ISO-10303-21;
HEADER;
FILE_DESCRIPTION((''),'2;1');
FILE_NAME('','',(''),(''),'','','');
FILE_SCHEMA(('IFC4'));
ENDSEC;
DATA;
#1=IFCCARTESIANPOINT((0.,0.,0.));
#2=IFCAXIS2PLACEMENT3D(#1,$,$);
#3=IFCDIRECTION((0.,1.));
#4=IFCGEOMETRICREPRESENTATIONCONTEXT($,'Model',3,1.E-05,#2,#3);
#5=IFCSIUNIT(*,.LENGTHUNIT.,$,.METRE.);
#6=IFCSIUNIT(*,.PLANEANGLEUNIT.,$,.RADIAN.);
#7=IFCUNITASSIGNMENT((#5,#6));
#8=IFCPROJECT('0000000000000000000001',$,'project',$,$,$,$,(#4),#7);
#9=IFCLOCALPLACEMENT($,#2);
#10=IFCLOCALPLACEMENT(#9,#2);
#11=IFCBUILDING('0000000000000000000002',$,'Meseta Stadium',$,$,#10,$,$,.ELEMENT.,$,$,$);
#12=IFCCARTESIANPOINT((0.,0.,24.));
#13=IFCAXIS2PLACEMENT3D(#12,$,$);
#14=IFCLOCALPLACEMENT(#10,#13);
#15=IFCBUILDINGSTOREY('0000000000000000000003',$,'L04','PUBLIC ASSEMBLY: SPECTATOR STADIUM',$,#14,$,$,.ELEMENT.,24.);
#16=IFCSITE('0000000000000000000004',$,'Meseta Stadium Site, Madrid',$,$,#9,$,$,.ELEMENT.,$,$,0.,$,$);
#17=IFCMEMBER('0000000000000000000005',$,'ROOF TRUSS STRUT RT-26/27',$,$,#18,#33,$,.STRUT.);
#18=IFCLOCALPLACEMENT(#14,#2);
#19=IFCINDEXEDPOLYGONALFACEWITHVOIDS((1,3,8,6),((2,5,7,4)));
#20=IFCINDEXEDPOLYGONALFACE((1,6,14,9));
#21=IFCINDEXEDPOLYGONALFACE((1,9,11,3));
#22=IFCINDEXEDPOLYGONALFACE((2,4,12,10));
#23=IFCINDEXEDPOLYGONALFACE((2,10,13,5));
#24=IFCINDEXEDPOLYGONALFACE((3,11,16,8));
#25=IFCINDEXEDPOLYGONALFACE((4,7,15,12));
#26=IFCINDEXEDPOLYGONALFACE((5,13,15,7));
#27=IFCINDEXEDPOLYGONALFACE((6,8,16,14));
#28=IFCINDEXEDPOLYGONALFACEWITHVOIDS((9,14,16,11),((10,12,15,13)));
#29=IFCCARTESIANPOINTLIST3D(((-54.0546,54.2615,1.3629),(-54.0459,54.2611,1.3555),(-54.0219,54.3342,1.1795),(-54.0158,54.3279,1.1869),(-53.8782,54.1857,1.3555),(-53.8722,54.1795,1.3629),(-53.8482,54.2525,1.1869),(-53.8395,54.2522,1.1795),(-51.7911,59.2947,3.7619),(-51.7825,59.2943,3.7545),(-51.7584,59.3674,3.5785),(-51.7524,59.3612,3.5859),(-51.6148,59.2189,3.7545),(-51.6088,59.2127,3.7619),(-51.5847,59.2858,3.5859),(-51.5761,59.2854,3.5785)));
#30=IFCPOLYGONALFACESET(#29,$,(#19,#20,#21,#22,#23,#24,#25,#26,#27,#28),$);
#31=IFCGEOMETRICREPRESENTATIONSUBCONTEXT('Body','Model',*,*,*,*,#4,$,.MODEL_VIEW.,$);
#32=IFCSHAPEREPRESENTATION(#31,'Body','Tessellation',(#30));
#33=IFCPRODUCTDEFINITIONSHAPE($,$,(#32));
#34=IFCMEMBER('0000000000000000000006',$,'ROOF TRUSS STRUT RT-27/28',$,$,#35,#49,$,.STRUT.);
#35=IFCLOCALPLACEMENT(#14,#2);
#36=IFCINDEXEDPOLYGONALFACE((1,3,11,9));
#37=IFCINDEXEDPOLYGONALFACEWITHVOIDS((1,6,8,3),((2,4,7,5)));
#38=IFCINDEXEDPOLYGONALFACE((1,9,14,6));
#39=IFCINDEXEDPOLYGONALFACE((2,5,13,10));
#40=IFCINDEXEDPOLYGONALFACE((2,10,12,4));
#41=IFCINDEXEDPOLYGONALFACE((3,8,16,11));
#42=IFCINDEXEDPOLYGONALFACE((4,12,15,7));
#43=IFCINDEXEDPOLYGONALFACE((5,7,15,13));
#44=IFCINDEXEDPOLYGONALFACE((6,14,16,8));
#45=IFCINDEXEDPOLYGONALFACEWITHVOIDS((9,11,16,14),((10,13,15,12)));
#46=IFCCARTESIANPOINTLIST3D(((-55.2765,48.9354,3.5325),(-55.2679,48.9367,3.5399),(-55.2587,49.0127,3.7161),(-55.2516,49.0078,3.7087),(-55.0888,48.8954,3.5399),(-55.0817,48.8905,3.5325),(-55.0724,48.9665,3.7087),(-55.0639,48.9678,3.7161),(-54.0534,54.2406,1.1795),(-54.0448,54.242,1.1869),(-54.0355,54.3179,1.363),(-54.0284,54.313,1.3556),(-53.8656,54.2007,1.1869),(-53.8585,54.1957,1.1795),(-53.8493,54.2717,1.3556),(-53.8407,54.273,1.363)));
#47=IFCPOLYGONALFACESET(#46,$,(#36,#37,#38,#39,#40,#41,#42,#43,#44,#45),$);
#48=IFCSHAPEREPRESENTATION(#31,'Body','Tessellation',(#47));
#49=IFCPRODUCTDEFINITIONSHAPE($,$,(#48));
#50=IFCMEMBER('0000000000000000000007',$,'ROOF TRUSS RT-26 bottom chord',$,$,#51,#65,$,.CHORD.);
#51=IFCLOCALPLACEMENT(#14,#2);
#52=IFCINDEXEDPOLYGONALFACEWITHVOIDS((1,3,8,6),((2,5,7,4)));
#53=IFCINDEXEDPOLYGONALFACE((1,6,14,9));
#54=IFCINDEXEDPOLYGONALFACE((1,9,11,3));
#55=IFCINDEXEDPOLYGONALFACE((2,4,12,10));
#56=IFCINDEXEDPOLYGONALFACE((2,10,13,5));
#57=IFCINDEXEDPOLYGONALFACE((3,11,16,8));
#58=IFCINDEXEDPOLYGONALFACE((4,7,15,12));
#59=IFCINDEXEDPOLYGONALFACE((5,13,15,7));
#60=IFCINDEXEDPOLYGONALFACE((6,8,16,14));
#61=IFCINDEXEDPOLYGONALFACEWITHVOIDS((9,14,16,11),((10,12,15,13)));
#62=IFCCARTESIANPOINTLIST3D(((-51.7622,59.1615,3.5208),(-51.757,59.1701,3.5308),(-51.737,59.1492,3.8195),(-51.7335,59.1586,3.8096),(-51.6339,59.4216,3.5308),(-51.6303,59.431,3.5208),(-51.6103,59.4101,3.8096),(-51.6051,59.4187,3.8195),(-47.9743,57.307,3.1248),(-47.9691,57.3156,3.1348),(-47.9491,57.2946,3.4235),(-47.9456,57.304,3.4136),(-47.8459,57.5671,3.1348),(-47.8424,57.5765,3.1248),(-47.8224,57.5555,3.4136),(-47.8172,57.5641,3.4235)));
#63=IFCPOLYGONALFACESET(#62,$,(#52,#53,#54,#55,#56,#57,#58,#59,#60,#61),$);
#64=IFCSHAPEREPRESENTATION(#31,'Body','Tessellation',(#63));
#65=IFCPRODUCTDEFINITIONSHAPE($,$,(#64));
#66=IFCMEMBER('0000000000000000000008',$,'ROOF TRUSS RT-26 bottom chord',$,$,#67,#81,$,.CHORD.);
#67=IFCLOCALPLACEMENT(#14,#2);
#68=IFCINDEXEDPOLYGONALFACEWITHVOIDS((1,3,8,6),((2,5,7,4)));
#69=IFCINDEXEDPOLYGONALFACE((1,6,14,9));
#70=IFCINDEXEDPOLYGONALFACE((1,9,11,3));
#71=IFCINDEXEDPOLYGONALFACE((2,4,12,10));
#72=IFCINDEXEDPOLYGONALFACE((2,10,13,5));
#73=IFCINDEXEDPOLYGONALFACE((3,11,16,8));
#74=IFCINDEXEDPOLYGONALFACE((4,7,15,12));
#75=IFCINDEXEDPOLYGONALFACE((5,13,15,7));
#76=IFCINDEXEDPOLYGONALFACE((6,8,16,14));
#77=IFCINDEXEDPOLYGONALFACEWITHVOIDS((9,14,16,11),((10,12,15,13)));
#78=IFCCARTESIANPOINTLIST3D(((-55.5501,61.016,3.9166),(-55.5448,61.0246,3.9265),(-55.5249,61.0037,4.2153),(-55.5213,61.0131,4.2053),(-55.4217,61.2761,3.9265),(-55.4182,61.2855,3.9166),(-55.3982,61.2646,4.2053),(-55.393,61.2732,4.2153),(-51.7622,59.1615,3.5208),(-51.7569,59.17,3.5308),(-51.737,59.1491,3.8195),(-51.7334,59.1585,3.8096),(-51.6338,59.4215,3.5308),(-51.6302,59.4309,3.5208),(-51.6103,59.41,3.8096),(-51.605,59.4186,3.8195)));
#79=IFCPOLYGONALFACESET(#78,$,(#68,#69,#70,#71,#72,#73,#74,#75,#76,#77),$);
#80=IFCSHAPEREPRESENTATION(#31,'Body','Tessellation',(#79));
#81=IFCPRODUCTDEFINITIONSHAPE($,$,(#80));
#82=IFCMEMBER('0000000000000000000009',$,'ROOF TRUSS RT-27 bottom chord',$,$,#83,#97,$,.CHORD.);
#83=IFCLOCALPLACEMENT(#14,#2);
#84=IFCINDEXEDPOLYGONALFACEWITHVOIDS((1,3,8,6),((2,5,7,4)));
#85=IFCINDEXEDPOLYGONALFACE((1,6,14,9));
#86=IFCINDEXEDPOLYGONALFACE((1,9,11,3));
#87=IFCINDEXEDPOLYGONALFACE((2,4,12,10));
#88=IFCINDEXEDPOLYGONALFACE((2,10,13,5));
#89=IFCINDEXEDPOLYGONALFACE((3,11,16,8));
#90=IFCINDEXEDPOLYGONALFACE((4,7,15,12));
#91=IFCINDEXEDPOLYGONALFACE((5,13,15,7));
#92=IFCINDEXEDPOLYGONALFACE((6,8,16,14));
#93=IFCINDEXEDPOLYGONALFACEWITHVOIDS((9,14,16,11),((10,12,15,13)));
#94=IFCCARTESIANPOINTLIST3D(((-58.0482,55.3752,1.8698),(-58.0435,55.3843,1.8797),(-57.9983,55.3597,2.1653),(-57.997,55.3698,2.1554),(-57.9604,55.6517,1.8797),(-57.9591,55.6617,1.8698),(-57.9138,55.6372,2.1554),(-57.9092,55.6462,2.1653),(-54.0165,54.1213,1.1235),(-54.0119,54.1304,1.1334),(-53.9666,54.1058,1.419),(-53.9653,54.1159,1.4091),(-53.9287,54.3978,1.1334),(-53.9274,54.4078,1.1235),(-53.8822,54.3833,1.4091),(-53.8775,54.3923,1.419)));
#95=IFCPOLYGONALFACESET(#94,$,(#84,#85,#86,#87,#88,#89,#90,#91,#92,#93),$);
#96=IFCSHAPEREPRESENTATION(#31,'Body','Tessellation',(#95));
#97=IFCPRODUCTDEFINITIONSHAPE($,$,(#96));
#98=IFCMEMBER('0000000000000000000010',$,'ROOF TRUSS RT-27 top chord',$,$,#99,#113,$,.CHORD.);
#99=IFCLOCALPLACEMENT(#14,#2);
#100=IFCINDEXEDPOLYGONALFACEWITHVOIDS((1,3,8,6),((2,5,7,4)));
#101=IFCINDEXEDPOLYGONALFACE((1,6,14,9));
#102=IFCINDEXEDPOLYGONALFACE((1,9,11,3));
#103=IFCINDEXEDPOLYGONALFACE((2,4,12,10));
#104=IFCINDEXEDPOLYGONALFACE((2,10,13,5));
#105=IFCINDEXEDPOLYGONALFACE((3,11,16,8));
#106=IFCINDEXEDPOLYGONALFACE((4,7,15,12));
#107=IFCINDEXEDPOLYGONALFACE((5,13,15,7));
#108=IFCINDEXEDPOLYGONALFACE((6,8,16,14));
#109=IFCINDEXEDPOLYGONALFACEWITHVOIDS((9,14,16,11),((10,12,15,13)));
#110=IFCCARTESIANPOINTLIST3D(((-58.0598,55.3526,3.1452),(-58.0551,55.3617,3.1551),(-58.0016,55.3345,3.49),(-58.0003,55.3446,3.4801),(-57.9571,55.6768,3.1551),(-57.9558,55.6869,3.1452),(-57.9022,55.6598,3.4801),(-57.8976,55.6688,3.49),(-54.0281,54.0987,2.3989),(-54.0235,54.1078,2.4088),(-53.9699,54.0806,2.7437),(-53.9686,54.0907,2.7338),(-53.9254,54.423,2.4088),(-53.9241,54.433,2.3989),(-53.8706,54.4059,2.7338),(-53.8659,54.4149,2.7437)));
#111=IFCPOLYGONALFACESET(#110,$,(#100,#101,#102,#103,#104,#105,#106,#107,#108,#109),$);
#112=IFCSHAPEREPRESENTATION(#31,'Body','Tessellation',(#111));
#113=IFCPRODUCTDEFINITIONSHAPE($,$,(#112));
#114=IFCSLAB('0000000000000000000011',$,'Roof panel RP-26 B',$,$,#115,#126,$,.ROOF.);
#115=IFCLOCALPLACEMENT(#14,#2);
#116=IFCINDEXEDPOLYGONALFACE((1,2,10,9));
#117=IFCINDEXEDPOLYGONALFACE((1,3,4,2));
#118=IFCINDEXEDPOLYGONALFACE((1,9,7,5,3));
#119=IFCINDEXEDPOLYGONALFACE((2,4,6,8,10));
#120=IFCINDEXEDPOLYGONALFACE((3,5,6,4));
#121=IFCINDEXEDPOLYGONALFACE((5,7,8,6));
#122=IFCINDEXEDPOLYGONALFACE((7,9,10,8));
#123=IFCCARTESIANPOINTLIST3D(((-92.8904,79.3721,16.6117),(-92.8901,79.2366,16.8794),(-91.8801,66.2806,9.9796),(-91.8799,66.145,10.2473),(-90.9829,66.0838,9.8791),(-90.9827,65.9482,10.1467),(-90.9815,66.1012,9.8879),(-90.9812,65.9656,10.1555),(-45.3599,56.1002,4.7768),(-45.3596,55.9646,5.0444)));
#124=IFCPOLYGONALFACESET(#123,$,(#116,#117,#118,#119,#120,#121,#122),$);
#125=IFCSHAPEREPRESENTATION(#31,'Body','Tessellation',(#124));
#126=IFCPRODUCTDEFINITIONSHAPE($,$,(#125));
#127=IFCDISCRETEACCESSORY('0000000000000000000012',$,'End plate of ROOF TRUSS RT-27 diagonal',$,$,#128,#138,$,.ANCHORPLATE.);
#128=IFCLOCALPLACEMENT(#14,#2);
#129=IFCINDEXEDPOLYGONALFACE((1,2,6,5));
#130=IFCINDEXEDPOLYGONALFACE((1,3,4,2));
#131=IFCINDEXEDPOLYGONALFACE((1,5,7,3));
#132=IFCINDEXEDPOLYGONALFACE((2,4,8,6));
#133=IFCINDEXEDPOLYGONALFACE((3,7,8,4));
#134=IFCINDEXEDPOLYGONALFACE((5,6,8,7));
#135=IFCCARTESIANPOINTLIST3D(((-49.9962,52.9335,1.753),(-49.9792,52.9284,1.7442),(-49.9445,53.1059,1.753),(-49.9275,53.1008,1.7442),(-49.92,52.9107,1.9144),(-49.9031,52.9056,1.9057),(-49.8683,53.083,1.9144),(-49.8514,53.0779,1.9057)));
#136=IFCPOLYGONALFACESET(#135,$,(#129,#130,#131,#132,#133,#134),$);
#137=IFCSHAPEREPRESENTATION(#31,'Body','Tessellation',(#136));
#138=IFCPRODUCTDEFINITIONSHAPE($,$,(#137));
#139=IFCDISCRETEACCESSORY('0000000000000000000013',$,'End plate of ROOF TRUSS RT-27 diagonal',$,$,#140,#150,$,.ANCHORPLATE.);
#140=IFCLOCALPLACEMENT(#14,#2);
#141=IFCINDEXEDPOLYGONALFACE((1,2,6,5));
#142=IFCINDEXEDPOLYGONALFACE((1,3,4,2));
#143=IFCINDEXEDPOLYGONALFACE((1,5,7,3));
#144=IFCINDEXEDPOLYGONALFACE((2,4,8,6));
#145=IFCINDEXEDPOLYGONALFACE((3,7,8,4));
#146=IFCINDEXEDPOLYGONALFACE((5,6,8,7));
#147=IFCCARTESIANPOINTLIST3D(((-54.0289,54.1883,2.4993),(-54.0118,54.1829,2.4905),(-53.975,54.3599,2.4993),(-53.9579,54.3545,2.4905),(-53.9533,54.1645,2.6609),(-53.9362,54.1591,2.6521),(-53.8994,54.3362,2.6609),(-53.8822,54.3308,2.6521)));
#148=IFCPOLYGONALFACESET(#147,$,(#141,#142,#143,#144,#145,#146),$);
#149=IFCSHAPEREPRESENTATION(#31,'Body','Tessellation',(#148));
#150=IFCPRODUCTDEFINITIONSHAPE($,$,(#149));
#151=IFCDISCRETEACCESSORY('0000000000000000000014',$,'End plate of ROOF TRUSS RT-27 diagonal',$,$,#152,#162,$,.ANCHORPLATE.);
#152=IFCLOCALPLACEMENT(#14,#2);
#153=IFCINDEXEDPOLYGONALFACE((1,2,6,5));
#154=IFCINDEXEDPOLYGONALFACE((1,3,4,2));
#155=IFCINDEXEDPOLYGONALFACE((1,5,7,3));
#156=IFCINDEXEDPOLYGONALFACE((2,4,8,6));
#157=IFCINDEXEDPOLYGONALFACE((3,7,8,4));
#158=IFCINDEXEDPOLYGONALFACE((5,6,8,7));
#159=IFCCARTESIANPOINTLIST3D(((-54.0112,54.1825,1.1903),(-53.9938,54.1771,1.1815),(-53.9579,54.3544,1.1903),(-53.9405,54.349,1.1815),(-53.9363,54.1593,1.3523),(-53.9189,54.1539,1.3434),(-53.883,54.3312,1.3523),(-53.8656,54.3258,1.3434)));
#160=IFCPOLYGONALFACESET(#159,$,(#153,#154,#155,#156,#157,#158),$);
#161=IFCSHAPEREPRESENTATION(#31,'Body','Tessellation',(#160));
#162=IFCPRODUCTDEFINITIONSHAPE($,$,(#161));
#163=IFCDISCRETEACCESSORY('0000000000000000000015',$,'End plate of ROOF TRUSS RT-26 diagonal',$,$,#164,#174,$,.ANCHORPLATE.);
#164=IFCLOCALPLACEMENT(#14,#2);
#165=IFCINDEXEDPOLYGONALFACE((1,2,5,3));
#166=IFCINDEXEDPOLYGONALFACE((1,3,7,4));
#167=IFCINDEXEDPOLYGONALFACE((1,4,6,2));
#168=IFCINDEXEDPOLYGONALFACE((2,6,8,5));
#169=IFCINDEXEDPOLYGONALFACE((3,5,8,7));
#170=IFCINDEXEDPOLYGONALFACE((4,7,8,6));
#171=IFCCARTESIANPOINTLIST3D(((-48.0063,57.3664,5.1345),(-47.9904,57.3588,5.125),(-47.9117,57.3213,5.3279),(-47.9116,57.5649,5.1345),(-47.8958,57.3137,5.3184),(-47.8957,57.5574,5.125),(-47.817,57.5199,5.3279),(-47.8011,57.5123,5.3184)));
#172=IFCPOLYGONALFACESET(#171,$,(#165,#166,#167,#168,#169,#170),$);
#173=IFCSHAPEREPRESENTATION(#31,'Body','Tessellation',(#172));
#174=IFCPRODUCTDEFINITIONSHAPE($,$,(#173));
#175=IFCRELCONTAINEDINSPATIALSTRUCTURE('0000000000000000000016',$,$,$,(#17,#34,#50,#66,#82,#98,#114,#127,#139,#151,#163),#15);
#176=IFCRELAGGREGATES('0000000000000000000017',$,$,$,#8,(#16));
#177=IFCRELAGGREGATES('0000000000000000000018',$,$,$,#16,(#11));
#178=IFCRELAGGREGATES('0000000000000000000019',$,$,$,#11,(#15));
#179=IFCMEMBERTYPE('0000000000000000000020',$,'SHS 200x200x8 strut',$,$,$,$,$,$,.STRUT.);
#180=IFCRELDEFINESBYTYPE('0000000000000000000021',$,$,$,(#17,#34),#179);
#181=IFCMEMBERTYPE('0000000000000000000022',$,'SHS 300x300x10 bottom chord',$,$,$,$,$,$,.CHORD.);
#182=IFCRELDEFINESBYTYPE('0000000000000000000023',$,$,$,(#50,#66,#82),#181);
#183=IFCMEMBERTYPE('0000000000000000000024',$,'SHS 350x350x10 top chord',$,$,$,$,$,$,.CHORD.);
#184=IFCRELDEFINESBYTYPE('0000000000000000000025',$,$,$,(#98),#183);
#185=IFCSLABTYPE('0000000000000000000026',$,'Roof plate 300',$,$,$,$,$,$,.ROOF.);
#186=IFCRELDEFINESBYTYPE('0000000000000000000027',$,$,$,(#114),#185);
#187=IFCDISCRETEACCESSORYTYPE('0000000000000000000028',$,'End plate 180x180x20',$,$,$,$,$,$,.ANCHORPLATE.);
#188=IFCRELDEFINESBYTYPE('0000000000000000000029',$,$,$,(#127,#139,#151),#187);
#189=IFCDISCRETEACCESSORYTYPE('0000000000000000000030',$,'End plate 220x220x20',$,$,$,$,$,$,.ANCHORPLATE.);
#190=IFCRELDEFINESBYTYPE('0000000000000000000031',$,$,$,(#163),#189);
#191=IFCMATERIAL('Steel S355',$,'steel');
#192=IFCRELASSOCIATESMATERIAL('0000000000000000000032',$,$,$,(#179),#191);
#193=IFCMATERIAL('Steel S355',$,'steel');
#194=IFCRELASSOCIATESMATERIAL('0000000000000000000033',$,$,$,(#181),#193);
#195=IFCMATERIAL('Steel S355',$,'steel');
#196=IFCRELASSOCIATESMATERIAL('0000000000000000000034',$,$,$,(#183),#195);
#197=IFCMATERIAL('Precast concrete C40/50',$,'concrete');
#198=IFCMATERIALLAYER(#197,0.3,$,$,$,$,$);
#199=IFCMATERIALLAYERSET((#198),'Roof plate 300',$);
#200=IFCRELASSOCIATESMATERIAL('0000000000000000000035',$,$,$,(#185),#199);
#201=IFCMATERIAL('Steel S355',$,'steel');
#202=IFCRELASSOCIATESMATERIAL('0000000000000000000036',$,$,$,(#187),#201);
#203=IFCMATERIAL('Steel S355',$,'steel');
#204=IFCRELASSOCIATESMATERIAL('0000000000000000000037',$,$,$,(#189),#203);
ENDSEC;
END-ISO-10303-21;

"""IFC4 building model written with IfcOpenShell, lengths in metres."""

from ifc_helpers import new_model, si_unit, direction, frame, origin, origin_2d, place, context, subcontext, project, spatial, polyline, rectangle, hollow_rectangle, outline, extrude, material, layer, layer_set, material_profile, profile_set, type_object, element, save


model = new_model("IFC4")

# Units and contexts
model_context = context("Model", 3, precision=1e-05, world=origin(), true_north=direction((0.0, 1.0)))
body_context = subcontext(model_context, "Body", "Model", "MODEL_VIEW")
ifc_project = project(units=[si_unit("LENGTHUNIT", "METRE"), si_unit("PLANEANGLEUNIT", "RADIAN")], contexts=[model_context])

# Site, building, storey
site_placement = place(None, origin())
site = spatial("IfcSite", under=ifc_project, at=site_placement, Name="Meseta Stadium Site, Madrid", CompositionType="ELEMENT", RefElevation=0.0)
building_placement = place(site_placement, origin())
building = spatial("IfcBuilding", under=site, at=building_placement, Name="Meseta Stadium", CompositionType="ELEMENT")
storey_placement = place(building_placement, frame((0.0, 0.0, 24.0)))
storey = spatial("IfcBuildingStorey", under=building, at=storey_placement, Name="L04", Description="PUBLIC ASSEMBLY: SPECTATOR STADIUM", CompositionType="ELEMENT", Elevation=24.0)

# Members
ifc_material_1 = material(Name="Steel S355", Category="steel")
ifc_material_profile_1 = material_profile(ifc_material_1, hollow_rectangle(XDim=0.2, YDim=0.2, WallThickness=0.0081, at=origin_2d()), Name="SHS 200x200x8")
ifc_profile_set_1 = profile_set([ifc_material_profile_1], Name="Steel S355")
member_type_1 = type_object("IfcMemberType", Name="SHS 200x200x8 strut", PredefinedType="STRUT", material=ifc_profile_set_1)
member_1_placement = place(storey_placement, frame((-51.6836, 59.29, 3.6702), z_axis=(-0.376137, -0.836419, -0.398654), x_axis=(0.912024, -0.410137, 0.0)))
element("IfcMember", 1, at=member_1_placement, inside=storey, type_object=member_type_1, Name="ROOF TRUSS STRUT RT-26/27", PredefinedType="STRUT", context=body_context, shape_type="SweptSolid", body=[
    extrude(hollow_rectangle(XDim=0.2, YDim=0.2, WallThickness=0.0081, at=origin_2d()), origin(), (0.0, 0.0, 1.0), 6.0176),
])
member_2_placement = place(storey_placement, frame((-53.947, 54.2568, 1.2712), z_axis=(-0.206226, -0.89447, 0.396728), x_axis=(0.974437, -0.224663, 0.0)))
element("IfcMember", 2, at=member_2_placement, inside=storey, type_object=member_type_1, Name="ROOF TRUSS STRUT RT-27/28", PredefinedType="STRUT", context=body_context, shape_type="SweptSolid", body=[
    extrude(hollow_rectangle(XDim=0.2, YDim=0.2, WallThickness=0.0081, at=origin_2d()), origin(), (0.0, 0.0, 1.0), 5.9312),
])
ifc_material_2 = material(Name="Steel S355", Category="steel")
ifc_material_profile_2 = material_profile(ifc_material_2, hollow_rectangle(XDim=0.3, YDim=0.3, WallThickness=0.01, at=origin_2d()), Name="SHS 300x300x10")
ifc_profile_set_2 = profile_set([ifc_material_profile_2], Name="Steel S355")
member_type_2 = type_object("IfcMemberType", Name="SHS 300x300x10 bottom chord", PredefinedType="CHORD", material=ifc_profile_set_2)
for number, where, z_axis, x_axis, name in (
    (3, (-47.8958, 57.4355, 3.2742), (-0.894202, 0.437793, 0.093483), (-0.439719, -0.898135, 0.0), "ROOF TRUSS RT-26 bottom chord"),
    (4, (-51.6836, 59.29, 3.6702), (-0.894207, 0.437796, 0.093426), (-0.439719, -0.898135, 0.0), "ROOF TRUSS RT-26 bottom chord"),
):
    element("IfcMember", number, at=place(storey_placement, frame(where, z_axis=z_axis, x_axis=x_axis)), inside=storey, type_object=member_type_2, Name=name, PredefinedType="CHORD", context=body_context, shape_type="SweptSolid", body=[
        extrude(hollow_rectangle(XDim=0.3, YDim=0.3, WallThickness=0.01, at=origin_2d()), origin(), (0.0, 0.0, 1.0), 4.2361),
    ])
member_3_placement = place(storey_placement, frame((-53.947, 54.2568, 1.2712), z_axis=(-0.940307, 0.292444, 0.174066), x_axis=(-0.296978, -0.954884, 0.0)))
element("IfcMember", 5, at=member_3_placement, inside=storey, type_object=member_type_2, Name="ROOF TRUSS RT-27 bottom chord", PredefinedType="CHORD", context=body_context, shape_type="SweptSolid", body=[
    extrude(hollow_rectangle(XDim=0.3, YDim=0.3, WallThickness=0.01, at=origin_2d()), origin(), (0.0, 0.0, 1.0), 4.2876),
])
ifc_material_3 = material(Name="Steel S355", Category="steel")
ifc_material_profile_3 = material_profile(ifc_material_3, hollow_rectangle(XDim=0.3501, YDim=0.3501, WallThickness=0.01, at=origin_2d()), Name="SHS 350x350x10")
ifc_profile_set_3 = profile_set([ifc_material_profile_3], Name="Steel S355")
member_type_3 = type_object("IfcMemberType", Name="SHS 350x350x10 top chord", PredefinedType="CHORD", material=ifc_profile_set_3)
member_4_placement = place(storey_placement, frame((-53.947, 54.2568, 2.5713), z_axis=(-0.940307, 0.292444, 0.174066), x_axis=(-0.296978, -0.954884, 0.0)))
element("IfcMember", 6, at=member_4_placement, inside=storey, type_object=member_type_3, Name="ROOF TRUSS RT-27 top chord", PredefinedType="CHORD", context=body_context, shape_type="SweptSolid", body=[
    extrude(hollow_rectangle(XDim=0.3501, YDim=0.3501, WallThickness=0.01, at=origin_2d()), origin(), (0.0, 0.0, 1.0), 4.2876),
])

# Slab
ifc_material_4 = material(Name="Precast concrete C40/50", Category="concrete")
ifc_layer = layer(ifc_material_4, 0.3)
ifc_layer_set = layer_set([ifc_layer], Name="Roof plate 300")
slab_type = type_object("IfcSlabType", Name="Roof plate 300", PredefinedType="ROOF", material=ifc_layer_set)
slab_placement = place(storey_placement, frame((-45.3596, 55.9646, 5.0444), z_axis=(0.000888, -0.451858, 0.892089), x_axis=(-0.876475, 0.429141, 0.21824)))
element("IfcSlab", 7, at=slab_placement, inside=storey, type_object=slab_type, Name="Roof panel RP-26 B", PredefinedType="ROOF", context=body_context, shape_type="SweptSolid", body=[
    extrude(outline(polyline([(0.0, 0.0), (54.2292, 0.0), (46.2782, 12.3764), (45.3854, 12.1382), (45.3935, 12.1204), (0.0, 0.0)])), origin(), (0.0, 0.0, -1.0), 0.3),
])

# Discrete accessories
ifc_material_5 = material(Name="Steel S355", Category="steel")
ifc_material_profile_4 = material_profile(ifc_material_5, rectangle(XDim=0.1799, YDim=0.1799, at=origin_2d()), Name="PL 180x180")
ifc_profile_set_4 = profile_set([ifc_material_profile_4], Name="Steel S355")
discrete_accessory_type_1 = type_object("IfcDiscreteAccessoryType", Name="End plate 180x180x20", PredefinedType="ANCHORPLATE", material=ifc_profile_set_4)
discrete_accessory_1_placement = place(storey_placement, frame((-49.9153, 53.0032, 1.825), z_axis=(-0.859235, 0.257771, 0.441892), x_axis=(-0.287348, -0.957826, 0.0)))
element("IfcDiscreteAccessory", 8, at=discrete_accessory_1_placement, inside=storey, type_object=discrete_accessory_type_1, Name="End plate of ROOF TRUSS RT-27 diagonal", PredefinedType="ANCHORPLATE", context=body_context, shape_type="SweptSolid", body=[
    extrude(rectangle(XDim=0.1799, YDim=0.1799, at=origin_2d()), origin(), (0.0, 0.0, 1.0), 0.0198),
])
discrete_accessory_2_placement = place(storey_placement, frame((-53.947, 54.2568, 2.5713), z_axis=(-0.856465, 0.269175, 0.440468), x_axis=(-0.299827, -0.953994, 0.0)))
element("IfcDiscreteAccessory", 9, at=discrete_accessory_2_placement, inside=storey, type_object=discrete_accessory_type_1, Name="End plate of ROOF TRUSS RT-27 diagonal", PredefinedType="ANCHORPLATE", context=body_context, shape_type="SweptSolid", body=[
    extrude(rectangle(XDim=0.1799, YDim=0.1799, at=origin_2d()), origin(), (0.0, 0.0, 1.0), 0.02),
])
discrete_accessory_3_placement = place(storey_placement, frame((-53.9297, 54.2515, 1.2625), z_axis=(-0.859675, 0.266378, 0.435892), x_axis=(-0.295976, -0.955195, 0.0)))
element("IfcDiscreteAccessory", 10, at=discrete_accessory_3_placement, inside=storey, type_object=discrete_accessory_type_1, Name="End plate of ROOF TRUSS RT-27 diagonal", PredefinedType="ANCHORPLATE", context=body_context, shape_type="SweptSolid", body=[
    extrude(rectangle(XDim=0.1799, YDim=0.1799, at=origin_2d()), origin(), (0.0, 0.0, 1.0), 0.0203),
])
ifc_material_6 = material(Name="Steel S355", Category="steel")
ifc_material_profile_5 = material_profile(ifc_material_6, rectangle(XDim=0.22, YDim=0.22, at=origin_2d()), Name="PL 220x220")
ifc_profile_set_5 = profile_set([ifc_material_profile_5], Name="Steel S355")
discrete_accessory_type_2 = type_object("IfcDiscreteAccessoryType", Name="End plate 220x220x20", PredefinedType="ANCHORPLATE", material=ifc_profile_set_5)
discrete_accessory_4_placement = place(storey_placement, frame((-47.8958, 57.4355, 5.2217), z_axis=(-0.793687, 0.378528, 0.476212), x_axis=(-0.430473, -0.902604, 0.0)))
element("IfcDiscreteAccessory", 11, at=discrete_accessory_4_placement, inside=storey, type_object=discrete_accessory_type_2, Name="End plate of ROOF TRUSS RT-26 diagonal", PredefinedType="ANCHORPLATE", context=body_context, shape_type="SweptSolid", body=[
    extrude(rectangle(XDim=0.22, YDim=0.22, at=origin_2d()), origin(), (0.0, 0.0, 1.0), 0.02),
])

save(model, "model.ifc")
